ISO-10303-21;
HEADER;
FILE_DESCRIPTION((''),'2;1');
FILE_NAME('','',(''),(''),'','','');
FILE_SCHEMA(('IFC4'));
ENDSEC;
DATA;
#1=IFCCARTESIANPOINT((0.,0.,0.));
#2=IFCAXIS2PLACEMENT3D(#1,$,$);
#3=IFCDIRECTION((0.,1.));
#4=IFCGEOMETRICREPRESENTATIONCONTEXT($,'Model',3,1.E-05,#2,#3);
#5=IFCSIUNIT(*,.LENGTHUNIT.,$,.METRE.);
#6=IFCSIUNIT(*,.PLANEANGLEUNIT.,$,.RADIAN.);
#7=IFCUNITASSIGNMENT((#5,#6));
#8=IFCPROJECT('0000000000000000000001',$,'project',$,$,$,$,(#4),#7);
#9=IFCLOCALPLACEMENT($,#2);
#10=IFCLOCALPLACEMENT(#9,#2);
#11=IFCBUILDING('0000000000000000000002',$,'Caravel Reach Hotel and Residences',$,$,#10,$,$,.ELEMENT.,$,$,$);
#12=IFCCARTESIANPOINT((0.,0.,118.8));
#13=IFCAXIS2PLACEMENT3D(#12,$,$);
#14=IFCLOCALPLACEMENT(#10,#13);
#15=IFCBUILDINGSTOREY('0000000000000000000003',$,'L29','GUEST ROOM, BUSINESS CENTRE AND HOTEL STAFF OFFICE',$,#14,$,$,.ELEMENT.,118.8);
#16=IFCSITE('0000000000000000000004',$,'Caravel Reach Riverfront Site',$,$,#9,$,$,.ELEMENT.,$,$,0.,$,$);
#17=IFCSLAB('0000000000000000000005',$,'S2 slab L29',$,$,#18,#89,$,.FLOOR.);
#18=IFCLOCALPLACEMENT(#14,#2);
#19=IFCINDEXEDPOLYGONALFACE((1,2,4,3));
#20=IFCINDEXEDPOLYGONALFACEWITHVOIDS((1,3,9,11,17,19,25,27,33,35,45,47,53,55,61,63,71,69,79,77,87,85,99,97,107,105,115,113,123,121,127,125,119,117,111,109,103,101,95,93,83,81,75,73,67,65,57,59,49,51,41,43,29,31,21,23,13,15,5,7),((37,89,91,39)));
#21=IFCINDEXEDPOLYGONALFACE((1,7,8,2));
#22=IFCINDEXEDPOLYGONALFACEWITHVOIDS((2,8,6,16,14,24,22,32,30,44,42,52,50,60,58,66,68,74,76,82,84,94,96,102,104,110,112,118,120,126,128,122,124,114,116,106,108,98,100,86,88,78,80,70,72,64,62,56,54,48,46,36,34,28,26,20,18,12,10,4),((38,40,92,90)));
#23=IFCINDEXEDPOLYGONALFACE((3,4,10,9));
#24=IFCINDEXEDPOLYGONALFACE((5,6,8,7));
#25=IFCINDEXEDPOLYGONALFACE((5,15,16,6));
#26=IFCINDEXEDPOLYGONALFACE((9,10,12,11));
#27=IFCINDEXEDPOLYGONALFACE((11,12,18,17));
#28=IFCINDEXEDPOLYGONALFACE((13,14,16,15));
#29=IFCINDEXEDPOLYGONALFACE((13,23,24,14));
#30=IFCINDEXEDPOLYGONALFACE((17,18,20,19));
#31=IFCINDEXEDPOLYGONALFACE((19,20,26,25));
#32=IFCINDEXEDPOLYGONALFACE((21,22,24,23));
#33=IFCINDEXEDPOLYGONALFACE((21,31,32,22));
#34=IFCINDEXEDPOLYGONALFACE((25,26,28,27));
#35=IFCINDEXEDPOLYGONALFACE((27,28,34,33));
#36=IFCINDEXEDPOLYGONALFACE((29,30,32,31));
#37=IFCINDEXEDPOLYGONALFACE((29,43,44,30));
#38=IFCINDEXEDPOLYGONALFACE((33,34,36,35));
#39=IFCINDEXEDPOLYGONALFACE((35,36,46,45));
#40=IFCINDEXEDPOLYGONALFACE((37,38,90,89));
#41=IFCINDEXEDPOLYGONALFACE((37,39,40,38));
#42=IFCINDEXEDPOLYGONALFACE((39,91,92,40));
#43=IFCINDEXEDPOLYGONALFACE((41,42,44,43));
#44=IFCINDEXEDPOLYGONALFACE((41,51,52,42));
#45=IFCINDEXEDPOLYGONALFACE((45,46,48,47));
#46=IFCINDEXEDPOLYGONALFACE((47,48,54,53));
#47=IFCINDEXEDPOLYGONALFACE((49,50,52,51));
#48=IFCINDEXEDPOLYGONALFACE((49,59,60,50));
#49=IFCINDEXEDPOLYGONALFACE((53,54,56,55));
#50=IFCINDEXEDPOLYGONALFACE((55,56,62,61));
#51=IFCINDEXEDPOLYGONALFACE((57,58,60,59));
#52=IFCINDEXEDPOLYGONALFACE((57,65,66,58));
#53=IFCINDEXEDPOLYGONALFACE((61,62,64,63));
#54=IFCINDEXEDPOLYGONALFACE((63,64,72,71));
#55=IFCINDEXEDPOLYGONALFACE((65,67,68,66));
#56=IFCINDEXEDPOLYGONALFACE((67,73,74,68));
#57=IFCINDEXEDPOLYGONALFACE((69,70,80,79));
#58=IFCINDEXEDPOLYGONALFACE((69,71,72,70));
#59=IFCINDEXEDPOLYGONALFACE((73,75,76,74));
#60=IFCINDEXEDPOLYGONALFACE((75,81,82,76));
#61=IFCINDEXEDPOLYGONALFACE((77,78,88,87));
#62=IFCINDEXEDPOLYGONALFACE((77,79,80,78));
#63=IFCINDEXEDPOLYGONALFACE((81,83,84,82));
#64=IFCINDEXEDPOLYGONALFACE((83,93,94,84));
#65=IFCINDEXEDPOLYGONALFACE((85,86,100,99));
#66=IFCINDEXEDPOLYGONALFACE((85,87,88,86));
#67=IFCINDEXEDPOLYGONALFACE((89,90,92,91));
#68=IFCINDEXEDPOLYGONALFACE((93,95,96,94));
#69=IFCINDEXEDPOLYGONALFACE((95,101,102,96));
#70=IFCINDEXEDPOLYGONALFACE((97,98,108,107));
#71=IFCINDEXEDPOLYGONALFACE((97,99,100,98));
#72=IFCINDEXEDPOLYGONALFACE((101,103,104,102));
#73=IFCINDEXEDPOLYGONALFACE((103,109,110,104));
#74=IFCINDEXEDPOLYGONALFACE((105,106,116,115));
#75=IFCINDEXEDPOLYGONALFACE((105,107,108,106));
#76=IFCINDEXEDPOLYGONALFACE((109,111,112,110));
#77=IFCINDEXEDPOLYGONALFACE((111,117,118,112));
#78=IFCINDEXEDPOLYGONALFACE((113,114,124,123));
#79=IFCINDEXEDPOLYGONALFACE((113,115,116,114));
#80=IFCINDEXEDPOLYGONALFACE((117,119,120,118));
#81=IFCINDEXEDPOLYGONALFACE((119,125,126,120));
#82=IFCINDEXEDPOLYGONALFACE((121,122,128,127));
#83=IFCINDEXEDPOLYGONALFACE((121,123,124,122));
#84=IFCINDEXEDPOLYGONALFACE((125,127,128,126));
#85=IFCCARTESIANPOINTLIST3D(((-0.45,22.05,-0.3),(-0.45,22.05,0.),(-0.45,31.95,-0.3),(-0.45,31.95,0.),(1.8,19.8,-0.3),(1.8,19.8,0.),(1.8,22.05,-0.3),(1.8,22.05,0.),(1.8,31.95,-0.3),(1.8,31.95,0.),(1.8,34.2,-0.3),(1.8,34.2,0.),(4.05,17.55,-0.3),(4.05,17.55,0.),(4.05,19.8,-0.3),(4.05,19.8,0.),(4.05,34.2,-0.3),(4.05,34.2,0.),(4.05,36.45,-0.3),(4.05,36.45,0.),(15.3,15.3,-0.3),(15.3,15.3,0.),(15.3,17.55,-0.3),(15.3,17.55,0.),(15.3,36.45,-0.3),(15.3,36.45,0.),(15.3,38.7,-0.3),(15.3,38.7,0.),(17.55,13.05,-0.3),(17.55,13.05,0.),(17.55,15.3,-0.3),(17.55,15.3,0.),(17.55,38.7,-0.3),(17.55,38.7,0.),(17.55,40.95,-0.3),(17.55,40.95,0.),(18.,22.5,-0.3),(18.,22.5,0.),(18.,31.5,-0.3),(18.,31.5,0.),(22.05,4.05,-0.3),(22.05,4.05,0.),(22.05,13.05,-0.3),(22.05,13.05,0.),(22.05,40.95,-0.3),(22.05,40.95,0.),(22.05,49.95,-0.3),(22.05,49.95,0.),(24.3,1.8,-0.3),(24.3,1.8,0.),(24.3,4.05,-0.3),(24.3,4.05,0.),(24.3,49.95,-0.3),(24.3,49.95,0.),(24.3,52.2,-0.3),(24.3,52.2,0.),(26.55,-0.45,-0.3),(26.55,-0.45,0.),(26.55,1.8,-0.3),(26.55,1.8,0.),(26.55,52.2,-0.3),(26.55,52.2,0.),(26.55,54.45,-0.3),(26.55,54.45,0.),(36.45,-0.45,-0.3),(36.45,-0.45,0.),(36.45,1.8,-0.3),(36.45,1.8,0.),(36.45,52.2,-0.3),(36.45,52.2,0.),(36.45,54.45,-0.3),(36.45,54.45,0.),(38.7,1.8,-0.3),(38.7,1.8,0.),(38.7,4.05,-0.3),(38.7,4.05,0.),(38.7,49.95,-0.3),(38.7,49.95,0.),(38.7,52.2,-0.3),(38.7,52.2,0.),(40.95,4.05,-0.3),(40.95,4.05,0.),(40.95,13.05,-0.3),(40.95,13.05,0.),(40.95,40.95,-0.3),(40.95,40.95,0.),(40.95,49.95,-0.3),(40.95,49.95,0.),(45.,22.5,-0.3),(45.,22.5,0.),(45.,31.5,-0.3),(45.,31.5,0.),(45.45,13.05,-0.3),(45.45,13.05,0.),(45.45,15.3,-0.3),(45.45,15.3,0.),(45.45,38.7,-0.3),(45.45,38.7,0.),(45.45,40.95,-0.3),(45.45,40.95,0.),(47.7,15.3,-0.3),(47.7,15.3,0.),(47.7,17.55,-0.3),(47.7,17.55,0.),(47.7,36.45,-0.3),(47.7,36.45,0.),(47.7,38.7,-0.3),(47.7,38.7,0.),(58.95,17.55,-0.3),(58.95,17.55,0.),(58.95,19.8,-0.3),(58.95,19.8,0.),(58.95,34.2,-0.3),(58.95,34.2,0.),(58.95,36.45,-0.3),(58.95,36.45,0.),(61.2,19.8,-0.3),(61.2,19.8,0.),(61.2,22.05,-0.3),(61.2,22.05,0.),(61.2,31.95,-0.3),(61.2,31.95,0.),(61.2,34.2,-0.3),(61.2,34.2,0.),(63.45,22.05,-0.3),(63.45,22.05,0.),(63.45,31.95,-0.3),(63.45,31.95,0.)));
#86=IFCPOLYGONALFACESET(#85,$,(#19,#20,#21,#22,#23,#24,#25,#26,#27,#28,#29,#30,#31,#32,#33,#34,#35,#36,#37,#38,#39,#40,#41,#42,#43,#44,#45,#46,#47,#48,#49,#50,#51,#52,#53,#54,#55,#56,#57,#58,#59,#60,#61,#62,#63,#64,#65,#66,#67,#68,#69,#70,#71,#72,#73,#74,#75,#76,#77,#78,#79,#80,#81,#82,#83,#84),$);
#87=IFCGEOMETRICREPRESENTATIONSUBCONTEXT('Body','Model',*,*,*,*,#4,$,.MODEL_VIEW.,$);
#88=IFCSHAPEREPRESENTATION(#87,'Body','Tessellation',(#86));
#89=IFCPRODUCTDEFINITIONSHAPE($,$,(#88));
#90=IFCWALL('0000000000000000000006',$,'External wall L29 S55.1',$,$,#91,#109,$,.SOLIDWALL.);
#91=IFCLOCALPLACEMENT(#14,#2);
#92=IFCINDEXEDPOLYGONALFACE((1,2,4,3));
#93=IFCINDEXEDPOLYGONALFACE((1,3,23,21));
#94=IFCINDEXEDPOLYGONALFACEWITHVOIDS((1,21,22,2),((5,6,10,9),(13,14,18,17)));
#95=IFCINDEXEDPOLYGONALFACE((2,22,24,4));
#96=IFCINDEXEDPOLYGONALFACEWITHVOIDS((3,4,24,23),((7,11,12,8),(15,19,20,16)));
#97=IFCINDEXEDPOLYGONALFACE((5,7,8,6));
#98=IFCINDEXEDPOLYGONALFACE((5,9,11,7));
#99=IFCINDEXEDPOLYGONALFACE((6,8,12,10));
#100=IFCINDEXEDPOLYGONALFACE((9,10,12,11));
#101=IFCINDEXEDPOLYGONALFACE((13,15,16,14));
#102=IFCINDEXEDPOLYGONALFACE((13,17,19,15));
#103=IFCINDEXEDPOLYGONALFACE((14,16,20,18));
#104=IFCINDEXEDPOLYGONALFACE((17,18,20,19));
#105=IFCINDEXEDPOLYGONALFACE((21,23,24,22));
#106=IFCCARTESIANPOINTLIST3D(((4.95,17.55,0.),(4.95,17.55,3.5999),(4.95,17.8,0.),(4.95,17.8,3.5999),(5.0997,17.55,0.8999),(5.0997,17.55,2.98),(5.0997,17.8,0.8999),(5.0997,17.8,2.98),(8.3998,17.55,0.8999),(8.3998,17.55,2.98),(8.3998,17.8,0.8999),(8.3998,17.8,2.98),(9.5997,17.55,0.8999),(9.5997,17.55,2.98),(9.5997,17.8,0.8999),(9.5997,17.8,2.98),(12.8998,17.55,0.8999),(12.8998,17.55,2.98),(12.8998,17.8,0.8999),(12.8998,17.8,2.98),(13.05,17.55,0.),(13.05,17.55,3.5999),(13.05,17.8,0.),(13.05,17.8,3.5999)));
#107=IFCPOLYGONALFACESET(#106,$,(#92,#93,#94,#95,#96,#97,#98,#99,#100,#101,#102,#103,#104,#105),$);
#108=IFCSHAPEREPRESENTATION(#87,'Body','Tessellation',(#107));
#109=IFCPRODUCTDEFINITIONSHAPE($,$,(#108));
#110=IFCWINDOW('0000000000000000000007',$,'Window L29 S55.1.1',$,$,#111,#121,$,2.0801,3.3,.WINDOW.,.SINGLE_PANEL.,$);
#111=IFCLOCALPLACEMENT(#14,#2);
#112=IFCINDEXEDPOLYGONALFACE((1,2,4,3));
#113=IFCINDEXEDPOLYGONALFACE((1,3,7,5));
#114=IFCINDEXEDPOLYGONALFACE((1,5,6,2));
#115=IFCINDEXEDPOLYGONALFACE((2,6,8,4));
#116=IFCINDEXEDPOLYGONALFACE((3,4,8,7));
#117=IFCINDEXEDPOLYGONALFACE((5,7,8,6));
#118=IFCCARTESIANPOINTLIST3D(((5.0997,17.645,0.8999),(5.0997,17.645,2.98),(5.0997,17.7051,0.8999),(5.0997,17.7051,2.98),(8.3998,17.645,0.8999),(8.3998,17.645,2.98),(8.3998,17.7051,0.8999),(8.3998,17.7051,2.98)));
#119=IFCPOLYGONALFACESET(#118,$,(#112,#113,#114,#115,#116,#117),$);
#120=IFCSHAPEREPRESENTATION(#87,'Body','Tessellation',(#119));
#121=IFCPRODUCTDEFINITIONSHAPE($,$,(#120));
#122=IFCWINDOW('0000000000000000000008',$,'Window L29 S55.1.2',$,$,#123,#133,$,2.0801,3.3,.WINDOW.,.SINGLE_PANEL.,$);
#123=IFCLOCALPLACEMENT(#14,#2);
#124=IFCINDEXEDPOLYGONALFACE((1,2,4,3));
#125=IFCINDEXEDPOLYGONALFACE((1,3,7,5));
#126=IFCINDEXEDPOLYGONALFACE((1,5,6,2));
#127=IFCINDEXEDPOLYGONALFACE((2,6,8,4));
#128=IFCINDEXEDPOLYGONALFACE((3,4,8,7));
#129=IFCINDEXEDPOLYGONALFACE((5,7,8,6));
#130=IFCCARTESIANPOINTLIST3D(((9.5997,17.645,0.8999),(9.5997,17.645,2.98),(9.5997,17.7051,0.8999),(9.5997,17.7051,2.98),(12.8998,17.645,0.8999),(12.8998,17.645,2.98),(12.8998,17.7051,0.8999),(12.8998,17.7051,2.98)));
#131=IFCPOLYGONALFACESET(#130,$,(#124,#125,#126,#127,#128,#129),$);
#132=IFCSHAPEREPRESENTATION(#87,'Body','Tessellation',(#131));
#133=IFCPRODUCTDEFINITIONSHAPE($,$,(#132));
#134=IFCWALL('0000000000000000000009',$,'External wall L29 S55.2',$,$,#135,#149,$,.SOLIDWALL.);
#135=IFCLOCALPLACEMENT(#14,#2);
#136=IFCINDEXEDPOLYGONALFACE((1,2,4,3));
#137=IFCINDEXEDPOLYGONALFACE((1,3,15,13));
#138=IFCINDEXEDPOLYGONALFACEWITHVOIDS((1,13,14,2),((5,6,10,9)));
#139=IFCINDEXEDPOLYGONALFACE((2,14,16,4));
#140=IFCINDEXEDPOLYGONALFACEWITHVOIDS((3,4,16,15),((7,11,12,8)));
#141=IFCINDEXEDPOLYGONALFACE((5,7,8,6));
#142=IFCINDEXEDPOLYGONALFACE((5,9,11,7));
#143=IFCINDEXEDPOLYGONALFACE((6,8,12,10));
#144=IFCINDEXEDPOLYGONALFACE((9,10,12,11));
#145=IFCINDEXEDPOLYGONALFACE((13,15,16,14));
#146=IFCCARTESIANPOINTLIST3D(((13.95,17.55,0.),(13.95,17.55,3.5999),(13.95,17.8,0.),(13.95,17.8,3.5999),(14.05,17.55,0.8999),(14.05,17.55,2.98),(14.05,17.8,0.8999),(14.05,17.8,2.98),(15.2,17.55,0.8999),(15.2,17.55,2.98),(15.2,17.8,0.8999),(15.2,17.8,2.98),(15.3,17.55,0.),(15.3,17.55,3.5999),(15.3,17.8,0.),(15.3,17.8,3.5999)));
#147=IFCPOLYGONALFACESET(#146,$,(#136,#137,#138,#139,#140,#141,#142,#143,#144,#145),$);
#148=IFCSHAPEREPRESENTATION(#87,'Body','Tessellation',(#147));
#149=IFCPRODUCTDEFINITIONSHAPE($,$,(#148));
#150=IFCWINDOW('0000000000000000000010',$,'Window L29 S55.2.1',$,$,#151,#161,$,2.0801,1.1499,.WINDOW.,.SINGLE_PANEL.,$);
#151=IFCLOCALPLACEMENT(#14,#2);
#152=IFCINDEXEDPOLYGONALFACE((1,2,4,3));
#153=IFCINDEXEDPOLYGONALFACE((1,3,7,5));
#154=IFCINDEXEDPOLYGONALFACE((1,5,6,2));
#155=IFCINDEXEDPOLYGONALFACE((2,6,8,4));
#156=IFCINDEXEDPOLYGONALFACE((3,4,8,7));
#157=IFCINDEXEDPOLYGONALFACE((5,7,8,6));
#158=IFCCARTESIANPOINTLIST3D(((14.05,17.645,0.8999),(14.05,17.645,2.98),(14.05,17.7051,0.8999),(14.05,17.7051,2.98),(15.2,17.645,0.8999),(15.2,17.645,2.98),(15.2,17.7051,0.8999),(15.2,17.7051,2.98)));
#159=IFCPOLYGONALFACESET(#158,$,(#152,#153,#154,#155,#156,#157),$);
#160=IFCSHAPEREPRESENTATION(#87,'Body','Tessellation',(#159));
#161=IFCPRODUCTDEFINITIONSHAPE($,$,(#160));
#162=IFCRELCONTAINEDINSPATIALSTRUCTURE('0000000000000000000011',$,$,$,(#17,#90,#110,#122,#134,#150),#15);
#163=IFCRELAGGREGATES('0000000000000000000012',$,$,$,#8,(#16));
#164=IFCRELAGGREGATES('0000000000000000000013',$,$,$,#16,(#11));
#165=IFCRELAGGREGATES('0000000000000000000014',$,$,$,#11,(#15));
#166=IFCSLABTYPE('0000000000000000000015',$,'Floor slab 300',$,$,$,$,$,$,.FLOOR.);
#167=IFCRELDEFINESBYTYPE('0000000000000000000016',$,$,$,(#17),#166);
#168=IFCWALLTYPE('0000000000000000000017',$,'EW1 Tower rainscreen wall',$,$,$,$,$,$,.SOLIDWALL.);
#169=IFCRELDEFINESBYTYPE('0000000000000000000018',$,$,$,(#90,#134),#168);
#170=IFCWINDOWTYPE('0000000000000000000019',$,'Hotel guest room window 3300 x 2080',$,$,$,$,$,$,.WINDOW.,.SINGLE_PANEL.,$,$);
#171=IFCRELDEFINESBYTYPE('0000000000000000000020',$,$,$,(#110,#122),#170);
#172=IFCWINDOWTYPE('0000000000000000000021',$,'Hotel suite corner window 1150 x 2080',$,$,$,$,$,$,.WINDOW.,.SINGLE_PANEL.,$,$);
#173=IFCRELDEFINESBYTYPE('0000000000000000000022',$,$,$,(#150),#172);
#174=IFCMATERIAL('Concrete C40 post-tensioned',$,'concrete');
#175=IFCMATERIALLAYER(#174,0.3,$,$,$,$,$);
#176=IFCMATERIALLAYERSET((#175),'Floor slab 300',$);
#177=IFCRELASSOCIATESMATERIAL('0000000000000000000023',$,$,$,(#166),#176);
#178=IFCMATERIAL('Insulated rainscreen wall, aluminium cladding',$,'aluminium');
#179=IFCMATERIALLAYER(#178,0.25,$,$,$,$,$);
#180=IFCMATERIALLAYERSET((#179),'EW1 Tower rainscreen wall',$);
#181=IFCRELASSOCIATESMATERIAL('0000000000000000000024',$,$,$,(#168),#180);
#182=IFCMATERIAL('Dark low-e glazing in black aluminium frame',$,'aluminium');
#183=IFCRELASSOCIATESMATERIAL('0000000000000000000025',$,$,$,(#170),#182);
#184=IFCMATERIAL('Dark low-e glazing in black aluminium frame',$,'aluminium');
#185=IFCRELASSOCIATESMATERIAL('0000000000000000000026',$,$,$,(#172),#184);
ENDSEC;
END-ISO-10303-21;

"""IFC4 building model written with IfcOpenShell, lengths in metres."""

from ifc_helpers import new_model, si_unit, direction, frame, frame_2d, origin, place, context, subcontext, project, spatial, polyline, rectangle, outline, extrude, material, layer, layer_set, type_object, element, fill, save


model = new_model("IFC4")

# Units and contexts
model_context = context("Model", 3, precision=1e-05, world=origin(), true_north=direction((0.0, 1.0)))
body_context = subcontext(model_context, "Body", "Model", "MODEL_VIEW")
ifc_project = project(units=[si_unit("LENGTHUNIT", "METRE"), si_unit("PLANEANGLEUNIT", "RADIAN")], contexts=[model_context])

# Site, building, storey
site_placement = place(None, origin())
site = spatial("IfcSite", under=ifc_project, at=site_placement, Name="Caravel Reach Riverfront Site", CompositionType="ELEMENT", RefElevation=0.0)
building_placement = place(site_placement, origin())
building = spatial("IfcBuilding", under=site, at=building_placement, Name="Caravel Reach Hotel and Residences", CompositionType="ELEMENT")
storey_placement = place(building_placement, frame((0.0, 0.0, 118.8)))
storey = spatial("IfcBuildingStorey", under=building, at=storey_placement, Name="L29", Description="GUEST ROOM, BUSINESS CENTRE AND HOTEL STAFF OFFICE", CompositionType="ELEMENT", Elevation=118.8)

# Slab
ifc_material_1 = material(Name="Concrete C40 post-tensioned", Category="concrete")
ifc_layer_1 = layer(ifc_material_1, 0.3)
ifc_layer_set_1 = layer_set([ifc_layer_1], Name="Floor slab 300")
slab_type_1 = type_object("IfcSlabType", Name="Floor slab 300", PredefinedType="FLOOR", material=ifc_layer_set_1)
slab_1_placement = place(storey_placement, frame((0.0, 0.0, -0.3)))
element("IfcSlab", 1, at=slab_1_placement, inside=storey, type_object=slab_type_1, Name="S2 slab L29", PredefinedType="FLOOR", context=body_context, shape_type="SweptSolid", body=[
    extrude(outline(polyline([(17.55, 13.05), (17.55, 15.3), (15.3, 15.3), (15.3, 17.55), (4.05, 17.55), (4.05, 19.8), (1.8, 19.8), (1.8, 22.05), (-0.45, 22.05), (-0.45, 31.95), (1.8, 31.95), (1.8, 34.2), (4.05, 34.2), (4.05, 36.45), (15.3, 36.45), (15.3, 38.7), (17.55, 38.7), (17.55, 40.95), (22.05, 40.95), (22.05, 49.95), (24.3, 49.95), (24.3, 52.2), (26.55, 52.2), (26.55, 54.45), (36.45, 54.45), (36.45, 52.2), (38.7, 52.2), (38.7, 49.95), (40.95, 49.95), (40.95, 40.95), (45.45, 40.95), (45.45, 38.7), (47.7, 38.7), (47.7, 36.45), (58.95, 36.45), (58.95, 34.2), (61.2, 34.2), (61.2, 31.95), (63.45, 31.95), (63.45, 22.05), (61.2, 22.05), (61.2, 19.8), (58.95, 19.8), (58.95, 17.55), (47.7, 17.55), (47.7, 15.3), (45.45, 15.3), (45.45, 13.05), (40.95, 13.05), (40.95, 4.05), (38.7, 4.05), (38.7, 1.8), (36.45, 1.8), (36.45, -0.45), (26.55, -0.45), (26.55, 1.8), (24.3, 1.8), (24.3, 4.05), (22.05, 4.05), (22.05, 13.05), (17.55, 13.05)]), holes=[polyline([(45.0, 31.5), (18.0, 31.5), (18.0, 22.5), (45.0, 22.5), (45.0, 31.5)])]), origin(), (0.0, 0.0, 1.0), 0.3),
])

# Wall, openings, windows
ifc_material_2 = material(Name="Insulated rainscreen wall, aluminium cladding", Category="aluminium")
ifc_layer_2 = layer(ifc_material_2, 0.25)
ifc_layer_set_2 = layer_set([ifc_layer_2], Name="EW1 Tower rainscreen wall")
wall_type_1 = type_object("IfcWallType", Name="EW1 Tower rainscreen wall", PredefinedType="SOLIDWALL", material=ifc_layer_set_2)
wall_1_placement = place(storey_placement, frame((4.95, 17.675, 0.0), z_axis=(0.0, 0.0, 1.0), x_axis=(1.0, 0.0, 0.0)))
wall_1 = element("IfcWall", 2, at=wall_1_placement, inside=storey, type_object=wall_type_1, Name="External wall L29 S55.1", PredefinedType="SOLIDWALL", context=body_context, shape_type="SweptSolid", body=[
    extrude(rectangle(XDim=8.1001, YDim=0.25, at=frame_2d((4.05, 0.0))), origin(), (0.0, 0.0, 1.0), 3.5999),
])
opening_1_placement = place(wall_1_placement, frame((0.1499, 0.0, 0.8999)))
opening_1 = element("IfcOpeningElement", 3, at=opening_1_placement, cuts=wall_1, PredefinedType="OPENING", context=body_context, shape_type="SweptSolid", body=[
    extrude(rectangle(XDim=3.3, YDim=2.0801, at=frame_2d((1.6499, 1.04))), frame((0.0, 0.135, 0.0), z_axis=(0.0, -1.0, 0.0), x_axis=(1.0, 0.0, 0.0)), (0.0, 0.0, 1.0), 0.27),
])
opening_2_placement = place(wall_1_placement, frame((4.6499, 0.0, 0.8999)))
opening_2 = element("IfcOpeningElement", 4, at=opening_2_placement, cuts=wall_1, PredefinedType="OPENING", context=body_context, shape_type="SweptSolid", body=[
    extrude(rectangle(XDim=3.3, YDim=2.0801, at=frame_2d((1.6499, 1.04))), frame((0.0, 0.135, 0.0), z_axis=(0.0, -1.0, 0.0), x_axis=(1.0, 0.0, 0.0)), (0.0, 0.0, 1.0), 0.27),
])
ifc_material_3 = material(Name="Dark low-e glazing in black aluminium frame", Category="aluminium")
window_type_1 = type_object("IfcWindowType", Name="Hotel guest room window 3300 x 2080", PartitioningType="SINGLE_PANEL", PredefinedType="WINDOW", material=ifc_material_3)
window_1_placement = place(opening_1_placement, origin())
window_1 = element("IfcWindow", 5, at=window_1_placement, inside=storey, type_object=window_type_1, Name="Window L29 S55.1.1", OverallHeight=2.0801, OverallWidth=3.3, PartitioningType="SINGLE_PANEL", PredefinedType="WINDOW", context=body_context, shape_type="SweptSolid", body=[
    extrude(rectangle(XDim=3.3, YDim=2.0801, at=frame_2d((1.6499, 1.04))), frame((0.0, 0.03, 0.0), z_axis=(0.0, -1.0, 0.0), x_axis=(1.0, 0.0, 0.0)), (0.0, 0.0, 1.0), 0.0601),
])
fill(opening_1, window_1)
window_2_placement = place(opening_2_placement, origin())
window_2 = element("IfcWindow", 6, at=window_2_placement, inside=storey, type_object=window_type_1, Name="Window L29 S55.1.2", OverallHeight=2.0801, OverallWidth=3.3, PartitioningType="SINGLE_PANEL", PredefinedType="WINDOW", context=body_context, shape_type="SweptSolid", body=[
    extrude(rectangle(XDim=3.3, YDim=2.0801, at=frame_2d((1.6499, 1.04))), frame((0.0, 0.03, 0.0), z_axis=(0.0, -1.0, 0.0), x_axis=(1.0, 0.0, 0.0)), (0.0, 0.0, 1.0), 0.0601),
])
fill(opening_2, window_2)

# Wall, opening, window
wall_2_placement = place(storey_placement, frame((13.95, 17.675, 0.0), z_axis=(0.0, 0.0, 1.0), x_axis=(1.0, 0.0, 0.0)))
wall_2 = element("IfcWall", 7, at=wall_2_placement, inside=storey, type_object=wall_type_1, Name="External wall L29 S55.2", PredefinedType="SOLIDWALL", context=body_context, shape_type="SweptSolid", body=[
    extrude(rectangle(XDim=1.3501, YDim=0.25, at=frame_2d((0.675, 0.0))), origin(), (0.0, 0.0, 1.0), 3.5999),
])
opening_3_placement = place(wall_2_placement, frame((0.1001, 0.0, 0.8999)))
opening_3 = element("IfcOpeningElement", 8, at=opening_3_placement, cuts=wall_2, PredefinedType="OPENING", context=body_context, shape_type="SweptSolid", body=[
    extrude(rectangle(XDim=1.1499, YDim=2.0801, at=frame_2d((0.575, 1.04))), frame((0.0, 0.135, 0.0), z_axis=(0.0, -1.0, 0.0), x_axis=(1.0, 0.0, 0.0)), (0.0, 0.0, 1.0), 0.27),
])
ifc_material_4 = material(Name="Dark low-e glazing in black aluminium frame", Category="aluminium")
window_type_2 = type_object("IfcWindowType", Name="Hotel suite corner window 1150 x 2080", PartitioningType="SINGLE_PANEL", PredefinedType="WINDOW", material=ifc_material_4)
window_3_placement = place(opening_3_placement, origin())
window_3 = element("IfcWindow", 9, at=window_3_placement, inside=storey, type_object=window_type_2, Name="Window L29 S55.2.1", OverallHeight=2.0801, OverallWidth=1.1499, PartitioningType="SINGLE_PANEL", PredefinedType="WINDOW", context=body_context, shape_type="SweptSolid", body=[
    extrude(rectangle(XDim=1.1499, YDim=2.0801, at=frame_2d((0.575, 1.04))), frame((0.0, 0.03, 0.0), z_axis=(0.0, -1.0, 0.0), x_axis=(1.0, 0.0, 0.0)), (0.0, 0.0, 1.0), 0.0601),
])
fill(opening_3, window_3)

save(model, "model.ifc")
